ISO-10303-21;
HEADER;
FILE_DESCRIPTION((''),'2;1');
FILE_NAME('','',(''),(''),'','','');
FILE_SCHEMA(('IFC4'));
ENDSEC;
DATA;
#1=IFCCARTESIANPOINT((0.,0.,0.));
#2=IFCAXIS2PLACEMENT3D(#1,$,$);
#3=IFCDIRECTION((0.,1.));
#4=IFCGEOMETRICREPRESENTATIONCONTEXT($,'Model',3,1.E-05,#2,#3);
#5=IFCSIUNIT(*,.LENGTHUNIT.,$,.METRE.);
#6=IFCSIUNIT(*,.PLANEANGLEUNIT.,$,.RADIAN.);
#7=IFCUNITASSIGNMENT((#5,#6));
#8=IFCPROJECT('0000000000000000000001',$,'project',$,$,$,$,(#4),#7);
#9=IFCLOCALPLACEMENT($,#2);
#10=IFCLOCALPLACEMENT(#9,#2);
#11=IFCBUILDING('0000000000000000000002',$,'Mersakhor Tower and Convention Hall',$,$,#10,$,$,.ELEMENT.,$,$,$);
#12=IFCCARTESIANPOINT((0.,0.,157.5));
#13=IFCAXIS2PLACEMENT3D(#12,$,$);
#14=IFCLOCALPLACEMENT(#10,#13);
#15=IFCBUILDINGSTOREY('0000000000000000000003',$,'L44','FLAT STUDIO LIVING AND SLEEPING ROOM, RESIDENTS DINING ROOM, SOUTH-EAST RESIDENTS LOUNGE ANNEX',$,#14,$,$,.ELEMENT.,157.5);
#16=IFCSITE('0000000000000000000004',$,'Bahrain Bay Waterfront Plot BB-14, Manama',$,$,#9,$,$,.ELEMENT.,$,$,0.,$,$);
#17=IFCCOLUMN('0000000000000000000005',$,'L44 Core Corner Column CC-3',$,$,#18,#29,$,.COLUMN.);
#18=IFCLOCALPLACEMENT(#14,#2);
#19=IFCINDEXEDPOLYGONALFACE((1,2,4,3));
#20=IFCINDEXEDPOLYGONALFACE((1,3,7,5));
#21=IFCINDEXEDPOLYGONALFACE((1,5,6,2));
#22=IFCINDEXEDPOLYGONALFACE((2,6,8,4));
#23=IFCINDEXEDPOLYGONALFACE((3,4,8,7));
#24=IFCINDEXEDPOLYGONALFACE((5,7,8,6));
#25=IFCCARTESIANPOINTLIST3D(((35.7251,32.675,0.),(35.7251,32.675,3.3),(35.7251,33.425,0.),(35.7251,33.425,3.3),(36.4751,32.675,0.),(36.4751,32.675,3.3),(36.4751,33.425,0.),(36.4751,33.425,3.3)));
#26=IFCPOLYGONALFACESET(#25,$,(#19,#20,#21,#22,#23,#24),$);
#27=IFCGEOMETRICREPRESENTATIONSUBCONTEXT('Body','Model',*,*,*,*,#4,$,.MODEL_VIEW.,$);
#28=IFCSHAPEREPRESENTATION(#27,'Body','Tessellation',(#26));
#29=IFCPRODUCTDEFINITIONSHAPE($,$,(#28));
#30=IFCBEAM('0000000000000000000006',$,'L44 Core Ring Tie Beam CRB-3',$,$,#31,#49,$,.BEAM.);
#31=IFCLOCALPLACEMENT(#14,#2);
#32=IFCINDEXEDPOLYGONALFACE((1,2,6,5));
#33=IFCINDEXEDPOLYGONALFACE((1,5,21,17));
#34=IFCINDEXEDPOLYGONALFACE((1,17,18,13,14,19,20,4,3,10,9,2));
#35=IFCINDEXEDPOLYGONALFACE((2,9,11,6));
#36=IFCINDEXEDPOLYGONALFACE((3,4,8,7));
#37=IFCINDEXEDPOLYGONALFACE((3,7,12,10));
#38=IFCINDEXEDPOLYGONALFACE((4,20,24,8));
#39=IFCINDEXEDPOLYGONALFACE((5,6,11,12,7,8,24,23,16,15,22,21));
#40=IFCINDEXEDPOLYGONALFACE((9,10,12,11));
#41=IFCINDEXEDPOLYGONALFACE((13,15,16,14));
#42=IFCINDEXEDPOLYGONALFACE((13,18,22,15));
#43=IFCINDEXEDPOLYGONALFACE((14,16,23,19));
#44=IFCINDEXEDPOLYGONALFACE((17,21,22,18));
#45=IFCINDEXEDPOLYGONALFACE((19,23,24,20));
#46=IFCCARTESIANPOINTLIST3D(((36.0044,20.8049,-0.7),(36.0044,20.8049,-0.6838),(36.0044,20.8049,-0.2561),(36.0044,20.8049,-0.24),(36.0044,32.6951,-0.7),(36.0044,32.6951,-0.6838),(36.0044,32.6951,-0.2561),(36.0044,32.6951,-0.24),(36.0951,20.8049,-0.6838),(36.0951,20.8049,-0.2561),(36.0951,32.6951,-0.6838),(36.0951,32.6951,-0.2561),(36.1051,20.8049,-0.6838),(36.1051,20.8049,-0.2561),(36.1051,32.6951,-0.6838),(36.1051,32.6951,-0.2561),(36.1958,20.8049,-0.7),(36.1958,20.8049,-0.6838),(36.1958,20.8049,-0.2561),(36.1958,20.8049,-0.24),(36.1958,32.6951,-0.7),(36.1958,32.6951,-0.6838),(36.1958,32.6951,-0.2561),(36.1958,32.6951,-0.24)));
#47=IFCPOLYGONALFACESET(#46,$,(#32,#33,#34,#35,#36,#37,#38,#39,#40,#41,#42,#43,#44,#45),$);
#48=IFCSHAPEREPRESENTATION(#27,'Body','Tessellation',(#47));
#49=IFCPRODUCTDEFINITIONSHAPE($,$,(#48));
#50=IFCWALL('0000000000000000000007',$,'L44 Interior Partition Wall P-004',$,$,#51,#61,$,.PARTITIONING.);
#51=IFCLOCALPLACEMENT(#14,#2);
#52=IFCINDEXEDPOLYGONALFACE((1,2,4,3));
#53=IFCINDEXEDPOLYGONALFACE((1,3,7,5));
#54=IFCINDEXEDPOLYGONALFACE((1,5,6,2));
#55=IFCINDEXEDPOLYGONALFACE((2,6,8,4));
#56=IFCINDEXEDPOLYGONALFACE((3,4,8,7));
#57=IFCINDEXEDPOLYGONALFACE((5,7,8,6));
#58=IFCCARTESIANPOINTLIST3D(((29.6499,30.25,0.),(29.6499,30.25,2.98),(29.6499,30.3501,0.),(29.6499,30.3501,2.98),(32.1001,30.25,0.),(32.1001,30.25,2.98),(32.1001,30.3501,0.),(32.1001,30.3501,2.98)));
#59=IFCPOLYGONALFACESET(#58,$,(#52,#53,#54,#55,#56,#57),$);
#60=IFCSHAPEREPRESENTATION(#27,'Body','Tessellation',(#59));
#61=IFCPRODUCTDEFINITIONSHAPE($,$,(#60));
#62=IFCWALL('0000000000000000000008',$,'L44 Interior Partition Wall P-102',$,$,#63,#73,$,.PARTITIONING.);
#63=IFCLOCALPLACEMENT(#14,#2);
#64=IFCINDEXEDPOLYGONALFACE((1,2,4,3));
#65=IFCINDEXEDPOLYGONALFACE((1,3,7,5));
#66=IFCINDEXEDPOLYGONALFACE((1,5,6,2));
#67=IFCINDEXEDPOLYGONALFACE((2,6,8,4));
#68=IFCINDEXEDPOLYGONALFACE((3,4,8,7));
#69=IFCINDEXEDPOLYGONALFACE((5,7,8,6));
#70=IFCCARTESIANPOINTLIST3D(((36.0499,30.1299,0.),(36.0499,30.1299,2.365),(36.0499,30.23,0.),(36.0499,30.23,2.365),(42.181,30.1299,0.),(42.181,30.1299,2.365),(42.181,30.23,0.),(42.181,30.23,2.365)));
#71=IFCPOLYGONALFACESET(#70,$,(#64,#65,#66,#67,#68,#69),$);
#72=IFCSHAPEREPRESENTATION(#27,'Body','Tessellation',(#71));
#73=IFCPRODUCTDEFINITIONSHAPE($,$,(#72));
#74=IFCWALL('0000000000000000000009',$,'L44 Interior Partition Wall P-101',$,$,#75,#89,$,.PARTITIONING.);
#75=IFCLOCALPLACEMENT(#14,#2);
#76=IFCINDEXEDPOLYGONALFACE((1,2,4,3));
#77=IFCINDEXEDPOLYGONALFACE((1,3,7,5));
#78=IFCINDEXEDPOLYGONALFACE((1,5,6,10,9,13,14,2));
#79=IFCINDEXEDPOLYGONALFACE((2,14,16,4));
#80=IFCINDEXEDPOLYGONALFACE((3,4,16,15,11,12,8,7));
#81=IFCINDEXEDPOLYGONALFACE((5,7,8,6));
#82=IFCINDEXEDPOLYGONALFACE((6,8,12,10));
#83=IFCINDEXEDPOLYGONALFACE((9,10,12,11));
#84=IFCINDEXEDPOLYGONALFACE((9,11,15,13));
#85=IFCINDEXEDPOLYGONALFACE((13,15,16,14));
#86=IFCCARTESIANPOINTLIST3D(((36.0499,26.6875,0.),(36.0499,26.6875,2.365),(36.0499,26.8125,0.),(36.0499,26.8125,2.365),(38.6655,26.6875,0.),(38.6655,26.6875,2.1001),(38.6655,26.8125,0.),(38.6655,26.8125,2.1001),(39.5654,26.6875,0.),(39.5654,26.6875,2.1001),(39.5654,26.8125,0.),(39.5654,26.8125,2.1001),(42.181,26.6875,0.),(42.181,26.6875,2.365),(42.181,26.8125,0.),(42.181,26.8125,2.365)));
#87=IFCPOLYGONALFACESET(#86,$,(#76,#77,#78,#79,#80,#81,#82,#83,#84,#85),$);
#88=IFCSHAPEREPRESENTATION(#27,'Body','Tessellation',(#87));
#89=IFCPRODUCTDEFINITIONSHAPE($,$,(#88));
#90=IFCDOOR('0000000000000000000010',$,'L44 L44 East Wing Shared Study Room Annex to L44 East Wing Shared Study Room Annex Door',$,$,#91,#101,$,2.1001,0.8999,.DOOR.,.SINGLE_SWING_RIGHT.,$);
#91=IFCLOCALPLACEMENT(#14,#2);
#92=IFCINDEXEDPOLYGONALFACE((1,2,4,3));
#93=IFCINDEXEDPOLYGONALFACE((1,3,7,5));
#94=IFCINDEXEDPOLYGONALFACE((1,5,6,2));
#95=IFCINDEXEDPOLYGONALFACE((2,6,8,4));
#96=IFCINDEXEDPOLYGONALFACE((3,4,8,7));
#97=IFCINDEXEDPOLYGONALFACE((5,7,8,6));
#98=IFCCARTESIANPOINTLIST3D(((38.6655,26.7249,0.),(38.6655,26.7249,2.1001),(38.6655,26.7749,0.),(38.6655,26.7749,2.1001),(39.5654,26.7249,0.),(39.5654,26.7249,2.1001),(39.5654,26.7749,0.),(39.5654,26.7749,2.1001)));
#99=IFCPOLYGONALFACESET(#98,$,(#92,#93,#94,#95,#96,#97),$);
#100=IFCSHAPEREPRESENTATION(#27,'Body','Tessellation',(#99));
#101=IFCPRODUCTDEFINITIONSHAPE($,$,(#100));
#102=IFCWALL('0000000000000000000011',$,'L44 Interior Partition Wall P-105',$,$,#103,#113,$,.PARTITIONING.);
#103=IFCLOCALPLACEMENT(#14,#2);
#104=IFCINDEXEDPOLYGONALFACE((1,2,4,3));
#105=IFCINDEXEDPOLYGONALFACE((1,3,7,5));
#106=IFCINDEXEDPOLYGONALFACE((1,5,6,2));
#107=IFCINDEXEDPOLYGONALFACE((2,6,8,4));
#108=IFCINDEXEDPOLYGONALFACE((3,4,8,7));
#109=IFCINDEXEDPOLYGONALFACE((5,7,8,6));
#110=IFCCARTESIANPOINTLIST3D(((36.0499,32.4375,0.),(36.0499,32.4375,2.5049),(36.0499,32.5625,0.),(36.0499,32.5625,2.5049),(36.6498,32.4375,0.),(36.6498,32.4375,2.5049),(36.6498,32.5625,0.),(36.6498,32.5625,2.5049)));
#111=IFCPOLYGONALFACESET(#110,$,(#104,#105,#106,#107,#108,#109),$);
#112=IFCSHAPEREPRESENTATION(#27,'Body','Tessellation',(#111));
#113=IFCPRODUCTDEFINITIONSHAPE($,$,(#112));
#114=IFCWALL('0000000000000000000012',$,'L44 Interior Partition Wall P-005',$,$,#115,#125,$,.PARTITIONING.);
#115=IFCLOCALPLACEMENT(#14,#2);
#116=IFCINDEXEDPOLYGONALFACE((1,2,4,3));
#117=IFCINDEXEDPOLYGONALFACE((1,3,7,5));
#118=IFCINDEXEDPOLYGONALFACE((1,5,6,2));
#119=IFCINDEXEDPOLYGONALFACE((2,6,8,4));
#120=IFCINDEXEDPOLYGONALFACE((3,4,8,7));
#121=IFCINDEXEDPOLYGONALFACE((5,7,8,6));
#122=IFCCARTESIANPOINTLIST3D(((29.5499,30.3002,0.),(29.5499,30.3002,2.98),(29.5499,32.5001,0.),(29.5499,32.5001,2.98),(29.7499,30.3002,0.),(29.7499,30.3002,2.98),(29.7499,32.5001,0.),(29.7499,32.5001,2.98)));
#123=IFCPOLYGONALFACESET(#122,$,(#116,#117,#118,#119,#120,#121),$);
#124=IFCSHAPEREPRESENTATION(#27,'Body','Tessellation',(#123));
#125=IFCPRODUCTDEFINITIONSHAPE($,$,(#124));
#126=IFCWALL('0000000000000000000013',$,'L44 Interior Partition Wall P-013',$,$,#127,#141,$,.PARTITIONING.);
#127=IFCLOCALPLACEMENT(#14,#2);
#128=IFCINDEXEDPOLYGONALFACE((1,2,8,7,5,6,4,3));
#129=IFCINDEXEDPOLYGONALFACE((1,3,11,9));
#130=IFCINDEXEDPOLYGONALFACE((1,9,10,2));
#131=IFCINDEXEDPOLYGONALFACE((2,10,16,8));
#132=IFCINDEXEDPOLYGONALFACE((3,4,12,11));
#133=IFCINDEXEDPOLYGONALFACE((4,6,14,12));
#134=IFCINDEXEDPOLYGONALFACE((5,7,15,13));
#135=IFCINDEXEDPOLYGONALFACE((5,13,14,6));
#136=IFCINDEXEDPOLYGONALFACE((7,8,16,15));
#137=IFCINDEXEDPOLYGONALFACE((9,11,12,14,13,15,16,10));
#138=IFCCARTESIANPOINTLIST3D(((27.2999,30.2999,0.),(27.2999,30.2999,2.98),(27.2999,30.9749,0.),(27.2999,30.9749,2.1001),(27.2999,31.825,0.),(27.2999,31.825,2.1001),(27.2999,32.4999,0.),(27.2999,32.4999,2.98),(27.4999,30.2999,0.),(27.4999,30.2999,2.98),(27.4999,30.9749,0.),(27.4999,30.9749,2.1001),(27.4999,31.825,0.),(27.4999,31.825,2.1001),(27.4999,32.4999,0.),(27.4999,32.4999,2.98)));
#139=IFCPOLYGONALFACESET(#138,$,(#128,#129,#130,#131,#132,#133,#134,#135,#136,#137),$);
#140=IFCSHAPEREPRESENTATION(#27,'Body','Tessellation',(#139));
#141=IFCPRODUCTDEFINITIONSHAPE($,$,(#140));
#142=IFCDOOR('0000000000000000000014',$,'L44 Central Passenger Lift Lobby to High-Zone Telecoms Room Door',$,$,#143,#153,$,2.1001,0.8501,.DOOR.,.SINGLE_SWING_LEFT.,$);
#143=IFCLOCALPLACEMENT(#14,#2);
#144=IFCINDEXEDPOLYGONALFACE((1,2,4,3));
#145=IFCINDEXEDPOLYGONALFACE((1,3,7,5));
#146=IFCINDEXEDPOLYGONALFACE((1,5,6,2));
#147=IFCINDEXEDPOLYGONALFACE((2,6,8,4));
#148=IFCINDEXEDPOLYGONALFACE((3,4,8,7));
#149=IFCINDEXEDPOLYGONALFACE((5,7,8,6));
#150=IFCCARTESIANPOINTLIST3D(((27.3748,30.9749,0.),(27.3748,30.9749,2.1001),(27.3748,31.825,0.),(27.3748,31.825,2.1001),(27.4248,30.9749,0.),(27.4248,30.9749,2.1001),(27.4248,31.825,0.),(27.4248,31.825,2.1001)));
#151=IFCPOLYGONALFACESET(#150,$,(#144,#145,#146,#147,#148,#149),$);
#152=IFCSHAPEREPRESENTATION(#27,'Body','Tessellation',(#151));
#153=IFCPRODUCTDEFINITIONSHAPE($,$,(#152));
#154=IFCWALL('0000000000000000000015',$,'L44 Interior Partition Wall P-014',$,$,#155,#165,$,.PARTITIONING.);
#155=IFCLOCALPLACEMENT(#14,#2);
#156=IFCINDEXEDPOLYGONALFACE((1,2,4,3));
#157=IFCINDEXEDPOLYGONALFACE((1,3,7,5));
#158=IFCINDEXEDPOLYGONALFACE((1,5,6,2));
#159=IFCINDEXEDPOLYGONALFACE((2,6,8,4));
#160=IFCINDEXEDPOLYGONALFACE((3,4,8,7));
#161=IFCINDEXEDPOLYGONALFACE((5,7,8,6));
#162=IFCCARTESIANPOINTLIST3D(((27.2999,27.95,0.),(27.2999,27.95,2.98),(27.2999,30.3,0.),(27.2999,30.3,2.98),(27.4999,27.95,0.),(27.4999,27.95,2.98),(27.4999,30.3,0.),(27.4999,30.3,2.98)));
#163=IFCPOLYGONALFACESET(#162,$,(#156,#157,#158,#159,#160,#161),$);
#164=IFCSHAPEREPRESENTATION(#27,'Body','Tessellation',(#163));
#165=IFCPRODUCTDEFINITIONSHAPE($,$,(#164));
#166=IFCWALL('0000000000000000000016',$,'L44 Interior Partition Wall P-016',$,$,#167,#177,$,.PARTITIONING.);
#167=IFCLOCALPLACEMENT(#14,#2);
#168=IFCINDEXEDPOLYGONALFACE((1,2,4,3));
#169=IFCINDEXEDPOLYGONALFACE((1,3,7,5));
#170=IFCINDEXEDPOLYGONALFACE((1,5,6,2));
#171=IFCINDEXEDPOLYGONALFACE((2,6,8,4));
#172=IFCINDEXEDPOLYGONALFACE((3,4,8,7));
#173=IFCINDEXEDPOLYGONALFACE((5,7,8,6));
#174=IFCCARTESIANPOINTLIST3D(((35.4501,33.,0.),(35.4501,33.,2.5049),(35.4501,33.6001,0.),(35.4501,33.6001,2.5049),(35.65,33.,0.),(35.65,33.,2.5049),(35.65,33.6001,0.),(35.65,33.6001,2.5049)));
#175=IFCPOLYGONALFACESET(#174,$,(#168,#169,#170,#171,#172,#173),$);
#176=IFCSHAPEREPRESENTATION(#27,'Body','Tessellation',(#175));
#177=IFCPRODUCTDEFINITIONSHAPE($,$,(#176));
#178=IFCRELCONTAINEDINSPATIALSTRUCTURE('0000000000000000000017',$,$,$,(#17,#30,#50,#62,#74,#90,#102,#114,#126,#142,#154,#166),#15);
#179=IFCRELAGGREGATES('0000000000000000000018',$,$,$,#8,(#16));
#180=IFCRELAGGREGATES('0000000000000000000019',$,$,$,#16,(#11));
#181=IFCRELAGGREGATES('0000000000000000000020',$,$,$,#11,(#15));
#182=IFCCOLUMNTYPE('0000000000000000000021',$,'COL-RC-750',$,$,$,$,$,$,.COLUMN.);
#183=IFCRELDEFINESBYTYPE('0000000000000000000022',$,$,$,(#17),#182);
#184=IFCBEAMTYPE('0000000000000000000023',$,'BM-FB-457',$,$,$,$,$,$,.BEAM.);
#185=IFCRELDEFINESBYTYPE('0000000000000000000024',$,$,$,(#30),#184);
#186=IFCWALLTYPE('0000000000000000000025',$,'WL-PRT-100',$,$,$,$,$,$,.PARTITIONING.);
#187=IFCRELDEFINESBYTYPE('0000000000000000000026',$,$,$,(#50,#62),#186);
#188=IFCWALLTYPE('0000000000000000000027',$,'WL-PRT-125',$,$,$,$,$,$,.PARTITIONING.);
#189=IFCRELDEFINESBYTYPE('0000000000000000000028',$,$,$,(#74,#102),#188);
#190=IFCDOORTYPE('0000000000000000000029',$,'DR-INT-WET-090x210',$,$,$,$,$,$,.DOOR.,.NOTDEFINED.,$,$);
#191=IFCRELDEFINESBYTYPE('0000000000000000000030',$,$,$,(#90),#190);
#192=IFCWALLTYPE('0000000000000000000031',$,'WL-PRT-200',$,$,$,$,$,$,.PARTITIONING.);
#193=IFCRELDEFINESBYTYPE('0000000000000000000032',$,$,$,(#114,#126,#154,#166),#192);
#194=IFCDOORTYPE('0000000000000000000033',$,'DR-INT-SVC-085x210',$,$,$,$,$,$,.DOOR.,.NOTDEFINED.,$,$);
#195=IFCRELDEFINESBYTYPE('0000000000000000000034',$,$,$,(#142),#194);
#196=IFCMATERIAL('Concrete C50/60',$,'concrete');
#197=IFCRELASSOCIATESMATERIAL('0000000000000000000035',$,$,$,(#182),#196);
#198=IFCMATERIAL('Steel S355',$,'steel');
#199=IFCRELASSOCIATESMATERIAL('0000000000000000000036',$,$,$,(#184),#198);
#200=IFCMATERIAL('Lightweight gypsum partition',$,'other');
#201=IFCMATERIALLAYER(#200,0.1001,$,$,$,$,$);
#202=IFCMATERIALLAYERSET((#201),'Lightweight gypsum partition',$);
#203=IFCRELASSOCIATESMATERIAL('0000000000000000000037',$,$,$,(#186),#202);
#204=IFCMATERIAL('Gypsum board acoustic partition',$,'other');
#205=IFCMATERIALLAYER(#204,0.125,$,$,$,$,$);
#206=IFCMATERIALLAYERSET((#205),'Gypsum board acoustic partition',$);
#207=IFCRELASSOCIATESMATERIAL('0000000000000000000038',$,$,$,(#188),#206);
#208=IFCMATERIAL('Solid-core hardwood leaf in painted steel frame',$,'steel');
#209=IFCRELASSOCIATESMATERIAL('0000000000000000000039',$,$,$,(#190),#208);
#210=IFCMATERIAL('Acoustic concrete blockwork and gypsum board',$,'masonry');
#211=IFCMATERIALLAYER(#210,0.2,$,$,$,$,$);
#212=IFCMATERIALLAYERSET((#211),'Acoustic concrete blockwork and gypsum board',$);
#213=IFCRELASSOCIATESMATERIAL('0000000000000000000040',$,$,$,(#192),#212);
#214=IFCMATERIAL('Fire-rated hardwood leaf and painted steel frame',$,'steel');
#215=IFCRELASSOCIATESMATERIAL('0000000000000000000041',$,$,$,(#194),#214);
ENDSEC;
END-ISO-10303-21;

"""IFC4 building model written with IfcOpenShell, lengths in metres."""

from ifc_helpers import new_model, si_unit, direction, frame, frame_2d, origin, origin_2d, place, context, subcontext, project, spatial, rectangle, i_section, extrude, material, layer, layer_set, material_profile, profile_set, type_object, element, fill, save


model = new_model("IFC4")

# Units and contexts
model_context = context("Model", 3, precision=1e-05, world=origin(), true_north=direction((0.0, 1.0)))
body_context = subcontext(model_context, "Body", "Model", "MODEL_VIEW")
ifc_project = project(units=[si_unit("LENGTHUNIT", "METRE"), si_unit("PLANEANGLEUNIT", "RADIAN")], contexts=[model_context])

# Site, building, storey
site_placement = place(None, origin())
site = spatial("IfcSite", under=ifc_project, at=site_placement, Name="Bahrain Bay Waterfront Plot BB-14, Manama", CompositionType="ELEMENT", RefElevation=0.0)
building_placement = place(site_placement, origin())
building = spatial("IfcBuilding", under=site, at=building_placement, Name="Mersakhor Tower and Convention Hall", CompositionType="ELEMENT")
storey_placement = place(building_placement, frame((0.0, 0.0, 157.5)))
storey = spatial("IfcBuildingStorey", under=building, at=storey_placement, Name="L44", Description="FLAT STUDIO LIVING AND SLEEPING ROOM, RESIDENTS DINING ROOM, SOUTH-EAST RESIDENTS LOUNGE ANNEX", CompositionType="ELEMENT", Elevation=157.5)

# Column
ifc_material_1 = material(Name="Concrete C50/60", Category="concrete")
ifc_material_profile_1 = material_profile(ifc_material_1, rectangle(XDim=0.75, YDim=0.75, at=origin_2d()), Name="RC 750x750")
ifc_profile_set_1 = profile_set([ifc_material_profile_1], Name="Concrete C50/60")
column_type = type_object("IfcColumnType", Name="COL-RC-750", PredefinedType="COLUMN", material=ifc_profile_set_1)
column_placement = place(storey_placement, frame((36.1001, 33.05, 0.0), z_axis=(0.0, 0.0, 1.0), x_axis=(1.0, 0.0, 0.0)))
element("IfcColumn", 1, at=column_placement, inside=storey, type_object=column_type, Name="L44 Core Corner Column CC-3", PredefinedType="COLUMN", context=body_context, shape_type="SweptSolid", body=[
    extrude(rectangle(XDim=0.75, YDim=0.75, at=origin_2d()), origin(), (0.0, 0.0, 1.0), 3.3),
])

# Beam
ifc_material_2 = material(Name="Steel S355", Category="steel")
ifc_material_profile_2 = material_profile(ifc_material_2, i_section(OverallWidth=0.1914, OverallDepth=0.46, WebThickness=0.01, FlangeThickness=0.0161, at=origin_2d()), Name="UB 457x191x82")
ifc_profile_set_2 = profile_set([ifc_material_profile_2], Name="Steel S355")
beam_type = type_object("IfcBeamType", Name="BM-FB-457", PredefinedType="BEAM", material=ifc_profile_set_2)
beam_placement = place(storey_placement, frame((36.1001, 32.6951, -0.47), z_axis=(0.0, -1.0, 0.0), x_axis=(1.0, 0.0, 0.0)))
element("IfcBeam", 2, at=beam_placement, inside=storey, type_object=beam_type, Name="L44 Core Ring Tie Beam CRB-3", PredefinedType="BEAM", context=body_context, shape_type="SweptSolid", body=[
    extrude(i_section(OverallWidth=0.1914, OverallDepth=0.46, WebThickness=0.01, FlangeThickness=0.0161, at=origin_2d()), origin(), (0.0, 0.0, 1.0), 11.8901),
])

# Walls
ifc_material_3 = material(Name="Lightweight gypsum partition", Category="other")
ifc_layer_1 = layer(ifc_material_3, 0.1001)
ifc_layer_set_1 = layer_set([ifc_layer_1], Name="Lightweight gypsum partition")
wall_type_1 = type_object("IfcWallType", Name="WL-PRT-100", PredefinedType="PARTITIONING", material=ifc_layer_set_1)
wall_1_placement = place(storey_placement, frame((32.1001, 30.3, 0.0), z_axis=(0.0, 0.0, 1.0), x_axis=(-1.0, 0.0, 0.0)))
element("IfcWall", 3, at=wall_1_placement, inside=storey, type_object=wall_type_1, Name="L44 Interior Partition Wall P-004", PredefinedType="PARTITIONING", context=body_context, shape_type="SweptSolid", body=[
    extrude(rectangle(XDim=2.4502, YDim=0.1001, at=frame_2d((1.2251, 0.0))), origin(), (0.0, 0.0, 1.0), 2.98),
])
wall_2_placement = place(storey_placement, frame((36.05, 30.1799, 0.0), z_axis=(0.0, 0.0, 1.0), x_axis=(1.0, 0.0, 0.0)))
element("IfcWall", 4, at=wall_2_placement, inside=storey, type_object=wall_type_1, Name="L44 Interior Partition Wall P-102", PredefinedType="PARTITIONING", context=body_context, shape_type="SweptSolid", body=[
    extrude(rectangle(XDim=6.1311, YDim=0.1001, at=frame_2d((3.0654, 0.0))), origin(), (0.0, 0.0, 1.0), 2.365),
])

# Wall, opening, door
ifc_material_4 = material(Name="Gypsum board acoustic partition", Category="other")
ifc_layer_2 = layer(ifc_material_4, 0.125)
ifc_layer_set_2 = layer_set([ifc_layer_2], Name="Gypsum board acoustic partition")
wall_type_2 = type_object("IfcWallType", Name="WL-PRT-125", PredefinedType="PARTITIONING", material=ifc_layer_set_2)
wall_3_placement = place(storey_placement, frame((36.05, 26.75, 0.0), z_axis=(0.0, 0.0, 1.0), x_axis=(1.0, 0.0, 0.0)))
wall_3 = element("IfcWall", 5, at=wall_3_placement, inside=storey, type_object=wall_type_2, Name="L44 Interior Partition Wall P-101", PredefinedType="PARTITIONING", context=body_context, shape_type="SweptSolid", body=[
    extrude(rectangle(XDim=6.1311, YDim=0.125, at=frame_2d((3.0654, 0.0))), origin(), (0.0, 0.0, 1.0), 2.365),
])
opening_1_placement = place(wall_3_placement, frame((2.6155, 0.0, 0.0)))
opening_1 = element("IfcOpeningElement", 6, at=opening_1_placement, cuts=wall_3, PredefinedType="OPENING", context=body_context, shape_type="SweptSolid", body=[
    extrude(rectangle(XDim=0.8999, YDim=2.1001, at=frame_2d((0.45, 1.05))), frame((0.0, 0.0725, 0.0), z_axis=(0.0, -1.0, 0.0), x_axis=(1.0, 0.0, 0.0)), (0.0, 0.0, 1.0), 0.145),
])
ifc_material_5 = material(Name="Solid-core hardwood leaf in painted steel frame", Category="steel")
door_type_1 = type_object("IfcDoorType", Name="DR-INT-WET-090x210", OperationType="NOTDEFINED", PredefinedType="DOOR", material=ifc_material_5)
door_1_placement = place(opening_1_placement, origin())
door_1 = element("IfcDoor", 7, at=door_1_placement, inside=storey, type_object=door_type_1, Name="L44 L44 East Wing Shared Study Room Annex to L44 East Wing Shared Study Room Annex Door", OperationType="SINGLE_SWING_RIGHT", OverallHeight=2.1001, OverallWidth=0.8999, PredefinedType="DOOR", context=body_context, shape_type="SweptSolid", body=[
    extrude(rectangle(XDim=0.8999, YDim=2.1001, at=frame_2d((0.45, 1.05))), frame((0.0, 0.0249, 0.0), z_axis=(0.0, -1.0, 0.0), x_axis=(1.0, 0.0, 0.0)), (0.0, 0.0, 1.0), 0.05),
])
fill(opening_1, door_1)

# Walls
wall_4_placement = place(storey_placement, frame((36.05, 32.5, 0.0), z_axis=(0.0, 0.0, 1.0), x_axis=(1.0, 0.0, 0.0)))
element("IfcWall", 8, at=wall_4_placement, inside=storey, type_object=wall_type_2, Name="L44 Interior Partition Wall P-105", PredefinedType="PARTITIONING", context=body_context, shape_type="SweptSolid", body=[
    extrude(rectangle(XDim=0.5999, YDim=0.125, at=frame_2d((0.2998, 0.0))), origin(), (0.0, 0.0, 1.0), 2.5049),
])
ifc_material_6 = material(Name="Acoustic concrete blockwork and gypsum board", Category="masonry")
ifc_layer_3 = layer(ifc_material_6, 0.2)
ifc_layer_set_3 = layer_set([ifc_layer_3], Name="Acoustic concrete blockwork and gypsum board")
wall_type_3 = type_object("IfcWallType", Name="WL-PRT-200", PredefinedType="PARTITIONING", material=ifc_layer_set_3)
wall_5_placement = place(storey_placement, frame((29.6499, 30.3, 0.0), z_axis=(0.0, 0.0, 1.0), x_axis=(0.0, 1.0, 0.0)))
element("IfcWall", 9, at=wall_5_placement, inside=storey, type_object=wall_type_3, Name="L44 Interior Partition Wall P-005", PredefinedType="PARTITIONING", context=body_context, shape_type="SweptSolid", body=[
    extrude(rectangle(XDim=2.2, YDim=0.2, at=frame_2d((1.1001, 0.0))), origin(), (0.0, 0.0, 1.0), 2.98),
])

# Wall, opening, door
wall_6_placement = place(storey_placement, frame((27.3999, 32.5, 0.0), z_axis=(0.0, 0.0, 1.0), x_axis=(0.0, -1.0, 0.0)))
wall_6 = element("IfcWall", 10, at=wall_6_placement, inside=storey, type_object=wall_type_3, Name="L44 Interior Partition Wall P-013", PredefinedType="PARTITIONING", context=body_context, shape_type="SweptSolid", body=[
    extrude(rectangle(XDim=2.2, YDim=0.2, at=frame_2d((1.1001, 0.0))), origin(), (0.0, 0.0, 1.0), 2.98),
])
opening_2_placement = place(wall_6_placement, frame((0.675, 0.0, 0.0)))
opening_2 = element("IfcOpeningElement", 11, at=opening_2_placement, cuts=wall_6, PredefinedType="OPENING", context=body_context, shape_type="SweptSolid", body=[
    extrude(rectangle(XDim=0.8501, YDim=2.1001, at=frame_2d((0.425, 1.05))), frame((0.0, 0.1099, 0.0), z_axis=(0.0, -1.0, 0.0), x_axis=(1.0, 0.0, 0.0)), (0.0, 0.0, 1.0), 0.22),
])
ifc_material_7 = material(Name="Fire-rated hardwood leaf and painted steel frame", Category="steel")
door_type_2 = type_object("IfcDoorType", Name="DR-INT-SVC-085x210", OperationType="NOTDEFINED", PredefinedType="DOOR", material=ifc_material_7)
door_2_placement = place(opening_2_placement, origin())
door_2 = element("IfcDoor", 12, at=door_2_placement, inside=storey, type_object=door_type_2, Name="L44 Central Passenger Lift Lobby to High-Zone Telecoms Room Door", OperationType="SINGLE_SWING_LEFT", OverallHeight=2.1001, OverallWidth=0.8501, PredefinedType="DOOR", context=body_context, shape_type="SweptSolid", body=[
    extrude(rectangle(XDim=0.8501, YDim=2.1001, at=frame_2d((0.425, 1.05))), frame((0.0, 0.0249, 0.0), z_axis=(0.0, -1.0, 0.0), x_axis=(1.0, 0.0, 0.0)), (0.0, 0.0, 1.0), 0.05),
])
fill(opening_2, door_2)

# Walls
wall_7_placement = place(storey_placement, frame((27.3999, 30.3, 0.0), z_axis=(0.0, 0.0, 1.0), x_axis=(0.0, -1.0, 0.0)))
element("IfcWall", 13, at=wall_7_placement, inside=storey, type_object=wall_type_3, Name="L44 Interior Partition Wall P-014", PredefinedType="PARTITIONING", context=body_context, shape_type="SweptSolid", body=[
    extrude(rectangle(XDim=2.3501, YDim=0.2, at=frame_2d((1.175, 0.0))), origin(), (0.0, 0.0, 1.0), 2.98),
])
wall_8_placement = place(storey_placement, frame((35.55, 33.6001, 0.0), z_axis=(0.0, 0.0, 1.0), x_axis=(0.0, -1.0, 0.0)))
element("IfcWall", 14, at=wall_8_placement, inside=storey, type_object=wall_type_3, Name="L44 Interior Partition Wall P-016", PredefinedType="PARTITIONING", context=body_context, shape_type="SweptSolid", body=[
    extrude(rectangle(XDim=0.6001, YDim=0.2, at=frame_2d((0.3, 0.0))), origin(), (0.0, 0.0, 1.0), 2.5049),
])

save(model, "model.ifc")
